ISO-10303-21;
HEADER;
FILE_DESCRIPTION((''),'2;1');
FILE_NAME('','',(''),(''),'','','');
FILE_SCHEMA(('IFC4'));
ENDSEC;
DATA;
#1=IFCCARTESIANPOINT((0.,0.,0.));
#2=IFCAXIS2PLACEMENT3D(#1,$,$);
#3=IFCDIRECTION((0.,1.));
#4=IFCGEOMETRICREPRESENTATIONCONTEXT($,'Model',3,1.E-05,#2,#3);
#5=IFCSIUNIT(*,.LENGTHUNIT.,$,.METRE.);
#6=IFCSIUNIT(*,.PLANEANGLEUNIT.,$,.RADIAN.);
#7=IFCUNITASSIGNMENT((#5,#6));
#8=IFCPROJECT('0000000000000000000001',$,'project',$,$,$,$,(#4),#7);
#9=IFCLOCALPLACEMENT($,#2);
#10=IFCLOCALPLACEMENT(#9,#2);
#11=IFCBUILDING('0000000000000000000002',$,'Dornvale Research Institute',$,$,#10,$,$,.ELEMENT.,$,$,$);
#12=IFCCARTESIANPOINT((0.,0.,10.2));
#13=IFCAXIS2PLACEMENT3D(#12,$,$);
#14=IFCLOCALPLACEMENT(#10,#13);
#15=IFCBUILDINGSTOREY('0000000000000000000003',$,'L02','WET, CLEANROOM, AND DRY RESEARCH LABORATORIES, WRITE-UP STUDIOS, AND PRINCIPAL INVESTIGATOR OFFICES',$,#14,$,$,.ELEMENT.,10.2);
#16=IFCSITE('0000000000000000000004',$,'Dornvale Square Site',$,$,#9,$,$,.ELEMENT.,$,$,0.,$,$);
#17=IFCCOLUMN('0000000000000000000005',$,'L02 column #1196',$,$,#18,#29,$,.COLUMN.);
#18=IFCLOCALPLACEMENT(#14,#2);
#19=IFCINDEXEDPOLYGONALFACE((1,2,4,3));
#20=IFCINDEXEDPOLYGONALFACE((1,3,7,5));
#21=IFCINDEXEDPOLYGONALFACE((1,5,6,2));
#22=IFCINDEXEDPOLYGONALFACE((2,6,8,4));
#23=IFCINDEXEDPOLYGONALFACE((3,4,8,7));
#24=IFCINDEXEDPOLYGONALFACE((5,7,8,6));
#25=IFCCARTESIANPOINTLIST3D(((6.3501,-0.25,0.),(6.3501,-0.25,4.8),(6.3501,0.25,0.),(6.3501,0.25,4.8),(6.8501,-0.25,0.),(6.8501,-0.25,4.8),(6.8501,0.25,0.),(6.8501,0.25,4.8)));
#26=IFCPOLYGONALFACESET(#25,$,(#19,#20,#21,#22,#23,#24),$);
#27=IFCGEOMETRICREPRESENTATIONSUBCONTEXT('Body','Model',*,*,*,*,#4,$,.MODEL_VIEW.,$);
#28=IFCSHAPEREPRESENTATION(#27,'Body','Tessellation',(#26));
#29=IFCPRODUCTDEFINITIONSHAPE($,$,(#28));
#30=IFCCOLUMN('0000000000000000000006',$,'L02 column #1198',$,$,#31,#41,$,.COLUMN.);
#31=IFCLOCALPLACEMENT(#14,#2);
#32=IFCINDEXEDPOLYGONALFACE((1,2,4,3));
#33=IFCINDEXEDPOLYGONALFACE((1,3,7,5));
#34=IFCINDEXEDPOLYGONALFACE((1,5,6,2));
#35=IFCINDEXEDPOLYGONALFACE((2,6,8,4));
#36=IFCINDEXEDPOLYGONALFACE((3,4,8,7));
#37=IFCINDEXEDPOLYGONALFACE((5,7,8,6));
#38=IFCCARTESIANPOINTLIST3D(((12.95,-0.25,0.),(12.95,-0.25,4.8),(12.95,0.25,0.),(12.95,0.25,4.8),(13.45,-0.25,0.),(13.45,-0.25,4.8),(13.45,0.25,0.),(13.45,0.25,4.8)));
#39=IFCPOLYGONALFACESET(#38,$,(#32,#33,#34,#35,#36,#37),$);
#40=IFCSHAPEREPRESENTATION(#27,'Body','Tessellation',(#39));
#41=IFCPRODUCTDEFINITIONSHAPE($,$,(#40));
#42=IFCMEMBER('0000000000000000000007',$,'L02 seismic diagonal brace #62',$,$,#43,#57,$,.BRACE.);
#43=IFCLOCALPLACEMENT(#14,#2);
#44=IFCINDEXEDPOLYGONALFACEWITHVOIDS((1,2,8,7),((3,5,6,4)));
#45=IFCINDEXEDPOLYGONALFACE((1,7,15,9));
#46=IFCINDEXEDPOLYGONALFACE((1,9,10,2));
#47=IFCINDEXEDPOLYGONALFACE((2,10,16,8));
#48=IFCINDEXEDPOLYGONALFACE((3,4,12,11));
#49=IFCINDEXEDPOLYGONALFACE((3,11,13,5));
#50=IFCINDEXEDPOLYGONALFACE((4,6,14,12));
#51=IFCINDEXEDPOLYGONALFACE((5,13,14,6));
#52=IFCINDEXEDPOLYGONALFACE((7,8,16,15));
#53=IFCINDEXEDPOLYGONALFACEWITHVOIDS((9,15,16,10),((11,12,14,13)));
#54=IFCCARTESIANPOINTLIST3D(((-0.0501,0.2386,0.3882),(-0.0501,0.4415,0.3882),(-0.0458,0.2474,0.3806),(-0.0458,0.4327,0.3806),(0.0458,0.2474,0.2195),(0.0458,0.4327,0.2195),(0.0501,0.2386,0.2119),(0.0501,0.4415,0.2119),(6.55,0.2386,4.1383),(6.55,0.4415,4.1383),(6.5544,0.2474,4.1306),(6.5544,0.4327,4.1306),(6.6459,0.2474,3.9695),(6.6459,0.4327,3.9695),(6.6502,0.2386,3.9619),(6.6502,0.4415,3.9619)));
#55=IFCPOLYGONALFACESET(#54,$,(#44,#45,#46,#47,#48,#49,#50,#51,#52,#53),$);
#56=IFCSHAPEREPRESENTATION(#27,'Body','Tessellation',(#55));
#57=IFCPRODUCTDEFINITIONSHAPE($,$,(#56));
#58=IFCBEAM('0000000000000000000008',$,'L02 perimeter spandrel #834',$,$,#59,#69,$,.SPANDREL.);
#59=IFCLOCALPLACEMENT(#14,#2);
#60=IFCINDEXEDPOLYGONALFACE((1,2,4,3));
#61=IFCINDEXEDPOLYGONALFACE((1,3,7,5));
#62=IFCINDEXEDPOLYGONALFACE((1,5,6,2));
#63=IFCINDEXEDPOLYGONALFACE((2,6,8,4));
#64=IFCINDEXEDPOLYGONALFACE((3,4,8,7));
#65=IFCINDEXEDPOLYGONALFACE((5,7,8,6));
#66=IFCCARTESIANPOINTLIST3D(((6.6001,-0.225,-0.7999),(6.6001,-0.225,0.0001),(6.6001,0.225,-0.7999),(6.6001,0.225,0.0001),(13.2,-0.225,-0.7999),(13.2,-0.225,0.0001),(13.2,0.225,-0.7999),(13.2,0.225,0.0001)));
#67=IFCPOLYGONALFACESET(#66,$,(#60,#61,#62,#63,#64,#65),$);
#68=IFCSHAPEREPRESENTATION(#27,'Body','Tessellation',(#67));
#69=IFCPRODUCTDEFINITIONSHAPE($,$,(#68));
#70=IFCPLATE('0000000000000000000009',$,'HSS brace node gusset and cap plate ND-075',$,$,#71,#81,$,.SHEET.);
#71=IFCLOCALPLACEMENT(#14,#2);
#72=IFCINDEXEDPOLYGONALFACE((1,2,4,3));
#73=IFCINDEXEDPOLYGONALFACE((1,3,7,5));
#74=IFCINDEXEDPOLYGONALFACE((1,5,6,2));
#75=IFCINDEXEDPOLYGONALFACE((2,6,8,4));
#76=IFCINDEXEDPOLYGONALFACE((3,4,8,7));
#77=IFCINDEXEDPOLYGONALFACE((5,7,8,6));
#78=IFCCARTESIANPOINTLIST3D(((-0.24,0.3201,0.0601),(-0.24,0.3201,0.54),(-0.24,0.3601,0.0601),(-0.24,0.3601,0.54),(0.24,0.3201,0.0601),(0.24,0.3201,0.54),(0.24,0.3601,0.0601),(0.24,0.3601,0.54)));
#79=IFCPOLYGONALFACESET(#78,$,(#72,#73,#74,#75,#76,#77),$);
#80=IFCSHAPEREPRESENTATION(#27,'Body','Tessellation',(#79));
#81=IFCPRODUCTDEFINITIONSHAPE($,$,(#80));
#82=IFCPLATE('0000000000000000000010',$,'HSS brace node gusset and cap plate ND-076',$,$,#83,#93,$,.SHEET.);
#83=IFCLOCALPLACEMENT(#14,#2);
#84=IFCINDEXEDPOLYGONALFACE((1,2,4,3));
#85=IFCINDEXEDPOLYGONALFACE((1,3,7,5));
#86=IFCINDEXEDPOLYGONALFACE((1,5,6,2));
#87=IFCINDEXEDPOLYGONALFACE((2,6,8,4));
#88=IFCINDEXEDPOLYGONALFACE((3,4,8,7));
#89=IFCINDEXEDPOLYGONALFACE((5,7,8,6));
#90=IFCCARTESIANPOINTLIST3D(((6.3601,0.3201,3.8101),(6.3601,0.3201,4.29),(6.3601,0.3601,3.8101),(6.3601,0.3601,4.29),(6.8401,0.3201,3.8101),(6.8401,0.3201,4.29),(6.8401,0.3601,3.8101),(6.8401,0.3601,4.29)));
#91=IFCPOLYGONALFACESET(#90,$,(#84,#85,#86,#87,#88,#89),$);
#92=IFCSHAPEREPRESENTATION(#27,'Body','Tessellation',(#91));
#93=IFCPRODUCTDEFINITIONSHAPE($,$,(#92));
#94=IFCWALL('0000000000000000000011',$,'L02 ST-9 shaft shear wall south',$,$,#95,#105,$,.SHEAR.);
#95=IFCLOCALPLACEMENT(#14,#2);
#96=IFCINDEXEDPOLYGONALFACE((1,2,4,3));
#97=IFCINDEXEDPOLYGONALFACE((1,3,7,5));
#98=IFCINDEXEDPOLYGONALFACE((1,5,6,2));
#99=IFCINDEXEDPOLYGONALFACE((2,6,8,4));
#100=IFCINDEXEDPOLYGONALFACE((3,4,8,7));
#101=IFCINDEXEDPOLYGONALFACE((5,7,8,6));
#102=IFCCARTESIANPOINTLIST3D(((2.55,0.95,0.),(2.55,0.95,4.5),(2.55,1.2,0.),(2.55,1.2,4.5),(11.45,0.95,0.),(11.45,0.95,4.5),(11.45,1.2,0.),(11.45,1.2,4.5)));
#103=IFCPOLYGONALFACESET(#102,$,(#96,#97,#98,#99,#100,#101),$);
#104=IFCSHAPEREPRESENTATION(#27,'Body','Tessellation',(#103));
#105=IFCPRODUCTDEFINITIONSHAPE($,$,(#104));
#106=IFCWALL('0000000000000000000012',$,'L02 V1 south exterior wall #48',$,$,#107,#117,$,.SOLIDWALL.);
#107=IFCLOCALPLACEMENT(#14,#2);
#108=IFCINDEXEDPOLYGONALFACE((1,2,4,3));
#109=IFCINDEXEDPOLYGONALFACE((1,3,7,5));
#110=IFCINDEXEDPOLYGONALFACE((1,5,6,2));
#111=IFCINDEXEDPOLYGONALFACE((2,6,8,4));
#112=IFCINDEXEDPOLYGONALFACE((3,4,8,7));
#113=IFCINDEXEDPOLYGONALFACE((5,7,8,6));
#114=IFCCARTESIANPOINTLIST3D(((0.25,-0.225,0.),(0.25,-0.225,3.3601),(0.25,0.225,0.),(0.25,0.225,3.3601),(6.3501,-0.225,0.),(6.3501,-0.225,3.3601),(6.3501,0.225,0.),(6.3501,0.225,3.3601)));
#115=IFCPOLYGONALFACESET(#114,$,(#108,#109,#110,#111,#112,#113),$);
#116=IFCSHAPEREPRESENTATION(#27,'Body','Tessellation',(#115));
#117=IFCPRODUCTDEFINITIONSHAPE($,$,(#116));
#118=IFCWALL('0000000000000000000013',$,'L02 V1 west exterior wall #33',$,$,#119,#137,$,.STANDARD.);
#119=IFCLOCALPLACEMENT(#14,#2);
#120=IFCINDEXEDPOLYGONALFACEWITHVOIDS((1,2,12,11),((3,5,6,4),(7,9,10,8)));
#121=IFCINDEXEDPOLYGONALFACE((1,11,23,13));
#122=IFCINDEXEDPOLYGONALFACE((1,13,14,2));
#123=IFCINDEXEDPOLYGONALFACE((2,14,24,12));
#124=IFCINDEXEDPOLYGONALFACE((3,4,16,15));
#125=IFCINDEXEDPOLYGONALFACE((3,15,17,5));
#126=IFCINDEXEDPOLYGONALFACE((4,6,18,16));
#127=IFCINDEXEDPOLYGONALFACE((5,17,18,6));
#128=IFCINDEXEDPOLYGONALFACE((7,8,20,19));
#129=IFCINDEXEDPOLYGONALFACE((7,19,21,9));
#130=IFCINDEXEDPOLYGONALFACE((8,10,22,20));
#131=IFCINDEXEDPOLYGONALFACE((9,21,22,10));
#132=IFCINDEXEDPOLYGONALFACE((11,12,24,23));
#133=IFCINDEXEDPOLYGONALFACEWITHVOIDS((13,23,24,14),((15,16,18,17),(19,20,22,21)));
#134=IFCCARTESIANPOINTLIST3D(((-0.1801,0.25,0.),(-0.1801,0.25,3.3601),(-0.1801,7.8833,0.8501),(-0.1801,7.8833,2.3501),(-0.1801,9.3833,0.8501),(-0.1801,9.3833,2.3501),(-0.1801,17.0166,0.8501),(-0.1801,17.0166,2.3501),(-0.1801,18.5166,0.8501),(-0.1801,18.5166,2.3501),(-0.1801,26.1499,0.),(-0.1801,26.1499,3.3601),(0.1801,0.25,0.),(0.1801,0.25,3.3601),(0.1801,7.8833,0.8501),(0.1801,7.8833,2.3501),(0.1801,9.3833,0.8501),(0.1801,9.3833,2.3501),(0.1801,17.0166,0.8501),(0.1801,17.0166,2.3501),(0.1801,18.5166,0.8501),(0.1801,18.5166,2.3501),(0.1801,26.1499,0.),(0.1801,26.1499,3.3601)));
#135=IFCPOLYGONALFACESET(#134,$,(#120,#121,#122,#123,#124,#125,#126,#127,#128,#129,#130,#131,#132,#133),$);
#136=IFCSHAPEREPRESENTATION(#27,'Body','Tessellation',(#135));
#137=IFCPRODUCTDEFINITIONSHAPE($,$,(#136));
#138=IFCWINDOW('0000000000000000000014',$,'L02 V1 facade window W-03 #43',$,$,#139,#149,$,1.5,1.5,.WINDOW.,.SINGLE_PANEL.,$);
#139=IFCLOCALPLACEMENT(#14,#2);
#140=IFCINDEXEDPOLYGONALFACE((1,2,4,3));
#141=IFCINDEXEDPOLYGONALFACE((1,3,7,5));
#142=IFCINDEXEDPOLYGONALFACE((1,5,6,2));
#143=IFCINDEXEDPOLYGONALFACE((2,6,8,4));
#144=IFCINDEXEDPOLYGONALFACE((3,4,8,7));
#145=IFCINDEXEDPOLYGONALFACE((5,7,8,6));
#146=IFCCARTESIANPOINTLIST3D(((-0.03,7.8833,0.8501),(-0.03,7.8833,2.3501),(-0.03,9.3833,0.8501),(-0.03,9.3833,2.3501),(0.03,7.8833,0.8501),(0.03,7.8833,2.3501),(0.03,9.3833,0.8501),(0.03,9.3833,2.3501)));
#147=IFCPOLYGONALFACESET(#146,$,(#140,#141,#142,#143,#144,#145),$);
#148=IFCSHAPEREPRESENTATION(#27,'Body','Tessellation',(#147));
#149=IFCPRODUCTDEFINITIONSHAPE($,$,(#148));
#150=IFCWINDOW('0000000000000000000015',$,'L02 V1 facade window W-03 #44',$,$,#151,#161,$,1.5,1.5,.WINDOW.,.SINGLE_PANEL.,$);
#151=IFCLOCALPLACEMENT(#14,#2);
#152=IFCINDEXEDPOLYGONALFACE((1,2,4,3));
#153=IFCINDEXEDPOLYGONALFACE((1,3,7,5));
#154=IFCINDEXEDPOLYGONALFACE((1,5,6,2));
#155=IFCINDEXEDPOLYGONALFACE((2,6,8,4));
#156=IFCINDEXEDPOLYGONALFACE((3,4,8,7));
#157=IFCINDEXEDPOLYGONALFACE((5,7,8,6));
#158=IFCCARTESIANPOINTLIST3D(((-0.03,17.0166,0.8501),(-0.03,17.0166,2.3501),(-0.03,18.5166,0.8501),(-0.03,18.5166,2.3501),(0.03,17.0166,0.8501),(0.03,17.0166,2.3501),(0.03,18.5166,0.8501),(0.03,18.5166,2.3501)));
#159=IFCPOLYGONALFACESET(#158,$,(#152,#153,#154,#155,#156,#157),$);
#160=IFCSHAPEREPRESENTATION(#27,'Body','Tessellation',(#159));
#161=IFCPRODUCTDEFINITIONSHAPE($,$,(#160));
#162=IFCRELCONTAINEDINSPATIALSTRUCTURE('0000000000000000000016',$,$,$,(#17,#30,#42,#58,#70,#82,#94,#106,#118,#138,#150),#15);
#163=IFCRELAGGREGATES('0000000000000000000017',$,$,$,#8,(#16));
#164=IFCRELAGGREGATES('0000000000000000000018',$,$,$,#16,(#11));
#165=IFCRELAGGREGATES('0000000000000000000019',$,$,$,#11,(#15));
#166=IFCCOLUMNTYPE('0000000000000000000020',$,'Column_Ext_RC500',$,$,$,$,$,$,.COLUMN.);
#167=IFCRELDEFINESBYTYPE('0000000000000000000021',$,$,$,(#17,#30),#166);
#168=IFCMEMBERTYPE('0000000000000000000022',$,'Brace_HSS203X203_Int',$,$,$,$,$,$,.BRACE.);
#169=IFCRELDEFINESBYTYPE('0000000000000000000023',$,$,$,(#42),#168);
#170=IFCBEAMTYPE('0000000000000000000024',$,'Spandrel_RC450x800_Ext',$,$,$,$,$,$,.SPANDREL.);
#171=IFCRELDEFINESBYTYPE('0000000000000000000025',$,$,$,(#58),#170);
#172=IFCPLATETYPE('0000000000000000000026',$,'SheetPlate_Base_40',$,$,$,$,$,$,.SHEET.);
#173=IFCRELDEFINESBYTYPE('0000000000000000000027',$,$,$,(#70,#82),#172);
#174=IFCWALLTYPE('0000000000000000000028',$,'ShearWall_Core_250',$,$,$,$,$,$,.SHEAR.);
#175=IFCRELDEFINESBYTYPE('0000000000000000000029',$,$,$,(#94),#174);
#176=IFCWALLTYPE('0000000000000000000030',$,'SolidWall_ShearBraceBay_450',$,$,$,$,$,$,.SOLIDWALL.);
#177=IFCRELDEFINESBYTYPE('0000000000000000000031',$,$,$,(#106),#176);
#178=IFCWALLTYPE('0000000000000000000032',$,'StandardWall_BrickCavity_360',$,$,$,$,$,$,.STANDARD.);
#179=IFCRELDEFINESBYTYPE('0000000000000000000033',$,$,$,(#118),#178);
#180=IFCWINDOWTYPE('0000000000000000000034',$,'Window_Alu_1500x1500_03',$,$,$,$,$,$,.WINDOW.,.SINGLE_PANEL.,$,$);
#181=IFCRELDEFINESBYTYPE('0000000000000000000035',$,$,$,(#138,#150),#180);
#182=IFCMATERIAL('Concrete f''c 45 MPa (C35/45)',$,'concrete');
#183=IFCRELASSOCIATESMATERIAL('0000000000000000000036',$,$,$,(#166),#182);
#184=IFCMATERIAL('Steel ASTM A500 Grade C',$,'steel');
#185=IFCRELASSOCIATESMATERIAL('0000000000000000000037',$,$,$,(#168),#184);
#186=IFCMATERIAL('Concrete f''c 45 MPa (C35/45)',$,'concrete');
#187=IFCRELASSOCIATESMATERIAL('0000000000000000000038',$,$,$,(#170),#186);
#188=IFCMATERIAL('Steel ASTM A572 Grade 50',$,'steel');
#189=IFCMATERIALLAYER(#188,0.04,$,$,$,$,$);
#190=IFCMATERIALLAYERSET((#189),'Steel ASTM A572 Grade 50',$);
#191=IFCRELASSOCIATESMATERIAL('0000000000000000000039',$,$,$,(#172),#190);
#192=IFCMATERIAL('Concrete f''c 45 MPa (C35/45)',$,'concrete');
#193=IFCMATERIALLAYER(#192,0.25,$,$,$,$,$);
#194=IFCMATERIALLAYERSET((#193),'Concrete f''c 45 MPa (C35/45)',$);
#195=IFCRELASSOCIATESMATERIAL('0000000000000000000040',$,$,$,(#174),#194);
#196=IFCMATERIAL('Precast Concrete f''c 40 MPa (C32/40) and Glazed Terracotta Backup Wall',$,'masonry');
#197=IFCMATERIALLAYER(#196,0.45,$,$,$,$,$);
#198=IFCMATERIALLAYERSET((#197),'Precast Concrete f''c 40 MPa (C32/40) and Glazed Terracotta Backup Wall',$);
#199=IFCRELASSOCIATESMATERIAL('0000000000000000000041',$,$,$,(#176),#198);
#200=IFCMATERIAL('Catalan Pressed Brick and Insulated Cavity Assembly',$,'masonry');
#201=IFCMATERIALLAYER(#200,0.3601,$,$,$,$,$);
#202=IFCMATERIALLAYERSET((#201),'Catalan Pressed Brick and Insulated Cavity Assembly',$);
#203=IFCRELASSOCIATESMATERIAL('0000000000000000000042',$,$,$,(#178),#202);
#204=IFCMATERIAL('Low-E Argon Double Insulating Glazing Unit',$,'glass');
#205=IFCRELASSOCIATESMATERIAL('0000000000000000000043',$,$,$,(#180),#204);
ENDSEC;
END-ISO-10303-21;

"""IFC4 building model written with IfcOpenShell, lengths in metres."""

from ifc_helpers import new_model, si_unit, direction, frame, frame_2d, origin, origin_2d, place, context, subcontext, project, spatial, rectangle, hollow_rectangle, extrude, material, layer, layer_set, material_profile, profile_set, type_object, element, fill, save


model = new_model("IFC4")

# Units and contexts
model_context = context("Model", 3, precision=1e-05, world=origin(), true_north=direction((0.0, 1.0)))
body_context = subcontext(model_context, "Body", "Model", "MODEL_VIEW")
ifc_project = project(units=[si_unit("LENGTHUNIT", "METRE"), si_unit("PLANEANGLEUNIT", "RADIAN")], contexts=[model_context])

# Site, building, storey
site_placement = place(None, origin())
site = spatial("IfcSite", under=ifc_project, at=site_placement, Name="Dornvale Square Site", CompositionType="ELEMENT", RefElevation=0.0)
building_placement = place(site_placement, origin())
building = spatial("IfcBuilding", under=site, at=building_placement, Name="Dornvale Research Institute", CompositionType="ELEMENT")
storey_placement = place(building_placement, frame((0.0, 0.0, 10.2)))
storey = spatial("IfcBuildingStorey", under=building, at=storey_placement, Name="L02", Description="WET, CLEANROOM, AND DRY RESEARCH LABORATORIES, WRITE-UP STUDIOS, AND PRINCIPAL INVESTIGATOR OFFICES", CompositionType="ELEMENT", Elevation=10.2)

# Columns
ifc_material_1 = material(Name="Concrete f'c 45 MPa (C35/45)", Category="concrete")
ifc_material_profile_1 = material_profile(ifc_material_1, rectangle(XDim=0.5, YDim=0.5, at=origin_2d()), Name="RC 500x500")
ifc_profile_set_1 = profile_set([ifc_material_profile_1], Name="Concrete f'c 45 MPa (C35/45)")
column_type = type_object("IfcColumnType", Name="Column_Ext_RC500", PredefinedType="COLUMN", material=ifc_profile_set_1)
for number, where, z_axis, x_axis, name in (
    (1, (6.6001, 0.0, 0.0), (0.0, 0.0, 1.0), (1.0, 0.0, 0.0), "L02 column #1196"),
    (2, (13.2, 0.0, 0.0), (0.0, 0.0, 1.0), (1.0, 0.0, 0.0), "L02 column #1198"),
):
    element("IfcColumn", number, at=place(storey_placement, frame(where, z_axis=z_axis, x_axis=x_axis)), inside=storey, type_object=column_type, Name=name, PredefinedType="COLUMN", context=body_context, shape_type="SweptSolid", body=[
        extrude(rectangle(XDim=0.5, YDim=0.5, at=origin_2d()), origin(), (0.0, 0.0, 1.0), 4.8),
    ])

# Member
ifc_material_2 = material(Name="Steel ASTM A500 Grade C", Category="steel")
ifc_material_profile_2 = material_profile(ifc_material_2, hollow_rectangle(XDim=0.2029, YDim=0.2029, WallThickness=0.0088, at=origin_2d()), Name="HSS203X203X9.5")
ifc_profile_set_2 = profile_set([ifc_material_profile_2], Name="Steel ASTM A500 Grade C")
member_type = type_object("IfcMemberType", Name="Brace_HSS203X203_Int", PredefinedType="BRACE", material=ifc_profile_set_2)
member_placement = place(storey_placement, frame((0.0, 0.3401, 0.3), z_axis=(0.86946, 0.0, 0.494004), x_axis=(0.0, 1.0, 0.0)))
element("IfcMember", 3, at=member_placement, inside=storey, type_object=member_type, Name="L02 seismic diagonal brace #62", PredefinedType="BRACE", context=body_context, shape_type="SweptSolid", body=[
    extrude(hollow_rectangle(XDim=0.2029, YDim=0.2029, WallThickness=0.0088, at=origin_2d()), origin(), (0.0, 0.0, 1.0), 7.5911),
])

# Beam
ifc_material_3 = material(Name="Concrete f'c 45 MPa (C35/45)", Category="concrete")
ifc_material_profile_3 = material_profile(ifc_material_3, rectangle(XDim=0.45, YDim=0.8, at=origin_2d()), Name="RC 450x800")
ifc_profile_set_3 = profile_set([ifc_material_profile_3], Name="Concrete f'c 45 MPa (C35/45)")
beam_type = type_object("IfcBeamType", Name="Spandrel_RC450x800_Ext", PredefinedType="SPANDREL", material=ifc_profile_set_3)
beam_placement = place(storey_placement, frame((6.6001, 0.0, -0.3999), z_axis=(1.0, 0.0, 0.0), x_axis=(0.0, 1.0, 0.0)))
element("IfcBeam", 4, at=beam_placement, inside=storey, type_object=beam_type, Name="L02 perimeter spandrel #834", PredefinedType="SPANDREL", context=body_context, shape_type="SweptSolid", body=[
    extrude(rectangle(XDim=0.45, YDim=0.8, at=origin_2d()), origin(), (0.0, 0.0, 1.0), 6.5999),
])

# Plates
ifc_material_4 = material(Name="Steel ASTM A572 Grade 50", Category="steel")
ifc_layer_1 = layer(ifc_material_4, 0.04)
ifc_layer_set_1 = layer_set([ifc_layer_1], Name="Steel ASTM A572 Grade 50")
plate_type = type_object("IfcPlateType", Name="SheetPlate_Base_40", PredefinedType="SHEET", material=ifc_layer_set_1)
for number, where, z_axis, x_axis, name in (
    (5, (0.0, 0.3401, 0.0601), (0.0, 0.0, 1.0), (1.0, 0.0, 0.0), "HSS brace node gusset and cap plate ND-075"),
    (6, (6.6001, 0.3401, 3.8101), (0.0, 0.0, 1.0), (1.0, 0.0, 0.0), "HSS brace node gusset and cap plate ND-076"),
):
    element("IfcPlate", number, at=place(storey_placement, frame(where, z_axis=z_axis, x_axis=x_axis)), inside=storey, type_object=plate_type, Name=name, PredefinedType="SHEET", context=body_context, shape_type="SweptSolid", body=[
        extrude(rectangle(XDim=0.48, YDim=0.04, at=origin_2d()), origin(), (0.0, 0.0, 1.0), 0.48),
    ])

# Walls
ifc_material_5 = material(Name="Concrete f'c 45 MPa (C35/45)", Category="concrete")
ifc_layer_2 = layer(ifc_material_5, 0.25)
ifc_layer_set_2 = layer_set([ifc_layer_2], Name="Concrete f'c 45 MPa (C35/45)")
wall_type_1 = type_object("IfcWallType", Name="ShearWall_Core_250", PredefinedType="SHEAR", material=ifc_layer_set_2)
wall_1_placement = place(storey_placement, frame((2.55, 1.075, 0.0), z_axis=(0.0, 0.0, 1.0), x_axis=(1.0, 0.0, 0.0)))
element("IfcWall", 7, at=wall_1_placement, inside=storey, type_object=wall_type_1, Name="L02 ST-9 shaft shear wall south", PredefinedType="SHEAR", context=body_context, shape_type="SweptSolid", body=[
    extrude(rectangle(XDim=8.8999, YDim=0.25, at=frame_2d((4.45, 0.0))), origin(), (0.0, 0.0, 1.0), 4.5),
])
ifc_material_6 = material(Name="Precast Concrete f'c 40 MPa (C32/40) and Glazed Terracotta Backup Wall", Category="masonry")
ifc_layer_3 = layer(ifc_material_6, 0.45)
ifc_layer_set_3 = layer_set([ifc_layer_3], Name="Precast Concrete f'c 40 MPa (C32/40) and Glazed Terracotta Backup Wall")
wall_type_2 = type_object("IfcWallType", Name="SolidWall_ShearBraceBay_450", PredefinedType="SOLIDWALL", material=ifc_layer_set_3)
wall_2_placement = place(storey_placement, frame((6.3501, 0.0, 0.0), z_axis=(0.0, 0.0, 1.0), x_axis=(-1.0, 0.0, 0.0)))
element("IfcWall", 8, at=wall_2_placement, inside=storey, type_object=wall_type_2, Name="L02 V1 south exterior wall #48", PredefinedType="SOLIDWALL", context=body_context, shape_type="SweptSolid", body=[
    extrude(rectangle(XDim=6.1001, YDim=0.45, at=frame_2d((3.05, 0.0))), origin(), (0.0, 0.0, 1.0), 3.3601),
])

# Wall, openings, windows
ifc_material_7 = material(Name="Catalan Pressed Brick and Insulated Cavity Assembly", Category="masonry")
ifc_layer_4 = layer(ifc_material_7, 0.3601)
ifc_layer_set_4 = layer_set([ifc_layer_4], Name="Catalan Pressed Brick and Insulated Cavity Assembly")
wall_type_3 = type_object("IfcWallType", Name="StandardWall_BrickCavity_360", PredefinedType="STANDARD", material=ifc_layer_set_4)
wall_3_placement = place(storey_placement, frame((0.0, 0.25, 0.0), z_axis=(0.0, 0.0, 1.0), x_axis=(0.0, 1.0, 0.0)))
wall_3 = element("IfcWall", 9, at=wall_3_placement, inside=storey, type_object=wall_type_3, Name="L02 V1 west exterior wall #33", PredefinedType="STANDARD", context=body_context, shape_type="SweptSolid", body=[
    extrude(rectangle(XDim=25.8999, YDim=0.3601, at=frame_2d((12.95, 0.0))), origin(), (0.0, 0.0, 1.0), 3.3601),
])
opening_1_placement = place(wall_3_placement, frame((7.6333, 0.0, 0.8501)))
opening_1 = element("IfcOpeningElement", 10, at=opening_1_placement, cuts=wall_3, PredefinedType="OPENING", context=body_context, shape_type="SweptSolid", body=[
    extrude(rectangle(XDim=1.5, YDim=1.5, at=frame_2d((0.75, 0.75))), frame((0.0, 0.1951, 0.0), z_axis=(0.0, -1.0, 0.0), x_axis=(1.0, 0.0, 0.0)), (0.0, 0.0, 1.0), 0.3901),
])
opening_2_placement = place(wall_3_placement, frame((16.7666, 0.0, 0.8501)))
opening_2 = element("IfcOpeningElement", 11, at=opening_2_placement, cuts=wall_3, PredefinedType="OPENING", context=body_context, shape_type="SweptSolid", body=[
    extrude(rectangle(XDim=1.5, YDim=1.5, at=frame_2d((0.75, 0.75))), frame((0.0, 0.1951, 0.0), z_axis=(0.0, -1.0, 0.0), x_axis=(1.0, 0.0, 0.0)), (0.0, 0.0, 1.0), 0.3901),
])
ifc_material_8 = material(Name="Low-E Argon Double Insulating Glazing Unit", Category="glass")
window_type_1 = type_object("IfcWindowType", Name="Window_Alu_1500x1500_03", PartitioningType="SINGLE_PANEL", PredefinedType="WINDOW", material=ifc_material_8)
window_1_placement = place(opening_1_placement, origin())
window_1 = element("IfcWindow", 12, at=window_1_placement, inside=storey, type_object=window_type_1, Name="L02 V1 facade window W-03 #43", OverallHeight=1.5, OverallWidth=1.5, PartitioningType="SINGLE_PANEL", PredefinedType="WINDOW", context=body_context, shape_type="SweptSolid", body=[
    extrude(rectangle(XDim=1.5, YDim=1.5, at=frame_2d((0.75, 0.75))), frame((0.0, 0.03, 0.0), z_axis=(0.0, -1.0, 0.0), x_axis=(1.0, 0.0, 0.0)), (0.0, 0.0, 1.0), 0.0601),
])
fill(opening_1, window_1)
window_2_placement = place(opening_2_placement, origin())
window_2 = element("IfcWindow", 13, at=window_2_placement, inside=storey, type_object=window_type_1, Name="L02 V1 facade window W-03 #44", OverallHeight=1.5, OverallWidth=1.5, PartitioningType="SINGLE_PANEL", PredefinedType="WINDOW", context=body_context, shape_type="SweptSolid", body=[
    extrude(rectangle(XDim=1.5, YDim=1.5, at=frame_2d((0.75, 0.75))), frame((0.0, 0.03, 0.0), z_axis=(0.0, -1.0, 0.0), x_axis=(1.0, 0.0, 0.0)), (0.0, 0.0, 1.0), 0.0601),
])
fill(opening_2, window_2)

save(model, "model.ifc")
